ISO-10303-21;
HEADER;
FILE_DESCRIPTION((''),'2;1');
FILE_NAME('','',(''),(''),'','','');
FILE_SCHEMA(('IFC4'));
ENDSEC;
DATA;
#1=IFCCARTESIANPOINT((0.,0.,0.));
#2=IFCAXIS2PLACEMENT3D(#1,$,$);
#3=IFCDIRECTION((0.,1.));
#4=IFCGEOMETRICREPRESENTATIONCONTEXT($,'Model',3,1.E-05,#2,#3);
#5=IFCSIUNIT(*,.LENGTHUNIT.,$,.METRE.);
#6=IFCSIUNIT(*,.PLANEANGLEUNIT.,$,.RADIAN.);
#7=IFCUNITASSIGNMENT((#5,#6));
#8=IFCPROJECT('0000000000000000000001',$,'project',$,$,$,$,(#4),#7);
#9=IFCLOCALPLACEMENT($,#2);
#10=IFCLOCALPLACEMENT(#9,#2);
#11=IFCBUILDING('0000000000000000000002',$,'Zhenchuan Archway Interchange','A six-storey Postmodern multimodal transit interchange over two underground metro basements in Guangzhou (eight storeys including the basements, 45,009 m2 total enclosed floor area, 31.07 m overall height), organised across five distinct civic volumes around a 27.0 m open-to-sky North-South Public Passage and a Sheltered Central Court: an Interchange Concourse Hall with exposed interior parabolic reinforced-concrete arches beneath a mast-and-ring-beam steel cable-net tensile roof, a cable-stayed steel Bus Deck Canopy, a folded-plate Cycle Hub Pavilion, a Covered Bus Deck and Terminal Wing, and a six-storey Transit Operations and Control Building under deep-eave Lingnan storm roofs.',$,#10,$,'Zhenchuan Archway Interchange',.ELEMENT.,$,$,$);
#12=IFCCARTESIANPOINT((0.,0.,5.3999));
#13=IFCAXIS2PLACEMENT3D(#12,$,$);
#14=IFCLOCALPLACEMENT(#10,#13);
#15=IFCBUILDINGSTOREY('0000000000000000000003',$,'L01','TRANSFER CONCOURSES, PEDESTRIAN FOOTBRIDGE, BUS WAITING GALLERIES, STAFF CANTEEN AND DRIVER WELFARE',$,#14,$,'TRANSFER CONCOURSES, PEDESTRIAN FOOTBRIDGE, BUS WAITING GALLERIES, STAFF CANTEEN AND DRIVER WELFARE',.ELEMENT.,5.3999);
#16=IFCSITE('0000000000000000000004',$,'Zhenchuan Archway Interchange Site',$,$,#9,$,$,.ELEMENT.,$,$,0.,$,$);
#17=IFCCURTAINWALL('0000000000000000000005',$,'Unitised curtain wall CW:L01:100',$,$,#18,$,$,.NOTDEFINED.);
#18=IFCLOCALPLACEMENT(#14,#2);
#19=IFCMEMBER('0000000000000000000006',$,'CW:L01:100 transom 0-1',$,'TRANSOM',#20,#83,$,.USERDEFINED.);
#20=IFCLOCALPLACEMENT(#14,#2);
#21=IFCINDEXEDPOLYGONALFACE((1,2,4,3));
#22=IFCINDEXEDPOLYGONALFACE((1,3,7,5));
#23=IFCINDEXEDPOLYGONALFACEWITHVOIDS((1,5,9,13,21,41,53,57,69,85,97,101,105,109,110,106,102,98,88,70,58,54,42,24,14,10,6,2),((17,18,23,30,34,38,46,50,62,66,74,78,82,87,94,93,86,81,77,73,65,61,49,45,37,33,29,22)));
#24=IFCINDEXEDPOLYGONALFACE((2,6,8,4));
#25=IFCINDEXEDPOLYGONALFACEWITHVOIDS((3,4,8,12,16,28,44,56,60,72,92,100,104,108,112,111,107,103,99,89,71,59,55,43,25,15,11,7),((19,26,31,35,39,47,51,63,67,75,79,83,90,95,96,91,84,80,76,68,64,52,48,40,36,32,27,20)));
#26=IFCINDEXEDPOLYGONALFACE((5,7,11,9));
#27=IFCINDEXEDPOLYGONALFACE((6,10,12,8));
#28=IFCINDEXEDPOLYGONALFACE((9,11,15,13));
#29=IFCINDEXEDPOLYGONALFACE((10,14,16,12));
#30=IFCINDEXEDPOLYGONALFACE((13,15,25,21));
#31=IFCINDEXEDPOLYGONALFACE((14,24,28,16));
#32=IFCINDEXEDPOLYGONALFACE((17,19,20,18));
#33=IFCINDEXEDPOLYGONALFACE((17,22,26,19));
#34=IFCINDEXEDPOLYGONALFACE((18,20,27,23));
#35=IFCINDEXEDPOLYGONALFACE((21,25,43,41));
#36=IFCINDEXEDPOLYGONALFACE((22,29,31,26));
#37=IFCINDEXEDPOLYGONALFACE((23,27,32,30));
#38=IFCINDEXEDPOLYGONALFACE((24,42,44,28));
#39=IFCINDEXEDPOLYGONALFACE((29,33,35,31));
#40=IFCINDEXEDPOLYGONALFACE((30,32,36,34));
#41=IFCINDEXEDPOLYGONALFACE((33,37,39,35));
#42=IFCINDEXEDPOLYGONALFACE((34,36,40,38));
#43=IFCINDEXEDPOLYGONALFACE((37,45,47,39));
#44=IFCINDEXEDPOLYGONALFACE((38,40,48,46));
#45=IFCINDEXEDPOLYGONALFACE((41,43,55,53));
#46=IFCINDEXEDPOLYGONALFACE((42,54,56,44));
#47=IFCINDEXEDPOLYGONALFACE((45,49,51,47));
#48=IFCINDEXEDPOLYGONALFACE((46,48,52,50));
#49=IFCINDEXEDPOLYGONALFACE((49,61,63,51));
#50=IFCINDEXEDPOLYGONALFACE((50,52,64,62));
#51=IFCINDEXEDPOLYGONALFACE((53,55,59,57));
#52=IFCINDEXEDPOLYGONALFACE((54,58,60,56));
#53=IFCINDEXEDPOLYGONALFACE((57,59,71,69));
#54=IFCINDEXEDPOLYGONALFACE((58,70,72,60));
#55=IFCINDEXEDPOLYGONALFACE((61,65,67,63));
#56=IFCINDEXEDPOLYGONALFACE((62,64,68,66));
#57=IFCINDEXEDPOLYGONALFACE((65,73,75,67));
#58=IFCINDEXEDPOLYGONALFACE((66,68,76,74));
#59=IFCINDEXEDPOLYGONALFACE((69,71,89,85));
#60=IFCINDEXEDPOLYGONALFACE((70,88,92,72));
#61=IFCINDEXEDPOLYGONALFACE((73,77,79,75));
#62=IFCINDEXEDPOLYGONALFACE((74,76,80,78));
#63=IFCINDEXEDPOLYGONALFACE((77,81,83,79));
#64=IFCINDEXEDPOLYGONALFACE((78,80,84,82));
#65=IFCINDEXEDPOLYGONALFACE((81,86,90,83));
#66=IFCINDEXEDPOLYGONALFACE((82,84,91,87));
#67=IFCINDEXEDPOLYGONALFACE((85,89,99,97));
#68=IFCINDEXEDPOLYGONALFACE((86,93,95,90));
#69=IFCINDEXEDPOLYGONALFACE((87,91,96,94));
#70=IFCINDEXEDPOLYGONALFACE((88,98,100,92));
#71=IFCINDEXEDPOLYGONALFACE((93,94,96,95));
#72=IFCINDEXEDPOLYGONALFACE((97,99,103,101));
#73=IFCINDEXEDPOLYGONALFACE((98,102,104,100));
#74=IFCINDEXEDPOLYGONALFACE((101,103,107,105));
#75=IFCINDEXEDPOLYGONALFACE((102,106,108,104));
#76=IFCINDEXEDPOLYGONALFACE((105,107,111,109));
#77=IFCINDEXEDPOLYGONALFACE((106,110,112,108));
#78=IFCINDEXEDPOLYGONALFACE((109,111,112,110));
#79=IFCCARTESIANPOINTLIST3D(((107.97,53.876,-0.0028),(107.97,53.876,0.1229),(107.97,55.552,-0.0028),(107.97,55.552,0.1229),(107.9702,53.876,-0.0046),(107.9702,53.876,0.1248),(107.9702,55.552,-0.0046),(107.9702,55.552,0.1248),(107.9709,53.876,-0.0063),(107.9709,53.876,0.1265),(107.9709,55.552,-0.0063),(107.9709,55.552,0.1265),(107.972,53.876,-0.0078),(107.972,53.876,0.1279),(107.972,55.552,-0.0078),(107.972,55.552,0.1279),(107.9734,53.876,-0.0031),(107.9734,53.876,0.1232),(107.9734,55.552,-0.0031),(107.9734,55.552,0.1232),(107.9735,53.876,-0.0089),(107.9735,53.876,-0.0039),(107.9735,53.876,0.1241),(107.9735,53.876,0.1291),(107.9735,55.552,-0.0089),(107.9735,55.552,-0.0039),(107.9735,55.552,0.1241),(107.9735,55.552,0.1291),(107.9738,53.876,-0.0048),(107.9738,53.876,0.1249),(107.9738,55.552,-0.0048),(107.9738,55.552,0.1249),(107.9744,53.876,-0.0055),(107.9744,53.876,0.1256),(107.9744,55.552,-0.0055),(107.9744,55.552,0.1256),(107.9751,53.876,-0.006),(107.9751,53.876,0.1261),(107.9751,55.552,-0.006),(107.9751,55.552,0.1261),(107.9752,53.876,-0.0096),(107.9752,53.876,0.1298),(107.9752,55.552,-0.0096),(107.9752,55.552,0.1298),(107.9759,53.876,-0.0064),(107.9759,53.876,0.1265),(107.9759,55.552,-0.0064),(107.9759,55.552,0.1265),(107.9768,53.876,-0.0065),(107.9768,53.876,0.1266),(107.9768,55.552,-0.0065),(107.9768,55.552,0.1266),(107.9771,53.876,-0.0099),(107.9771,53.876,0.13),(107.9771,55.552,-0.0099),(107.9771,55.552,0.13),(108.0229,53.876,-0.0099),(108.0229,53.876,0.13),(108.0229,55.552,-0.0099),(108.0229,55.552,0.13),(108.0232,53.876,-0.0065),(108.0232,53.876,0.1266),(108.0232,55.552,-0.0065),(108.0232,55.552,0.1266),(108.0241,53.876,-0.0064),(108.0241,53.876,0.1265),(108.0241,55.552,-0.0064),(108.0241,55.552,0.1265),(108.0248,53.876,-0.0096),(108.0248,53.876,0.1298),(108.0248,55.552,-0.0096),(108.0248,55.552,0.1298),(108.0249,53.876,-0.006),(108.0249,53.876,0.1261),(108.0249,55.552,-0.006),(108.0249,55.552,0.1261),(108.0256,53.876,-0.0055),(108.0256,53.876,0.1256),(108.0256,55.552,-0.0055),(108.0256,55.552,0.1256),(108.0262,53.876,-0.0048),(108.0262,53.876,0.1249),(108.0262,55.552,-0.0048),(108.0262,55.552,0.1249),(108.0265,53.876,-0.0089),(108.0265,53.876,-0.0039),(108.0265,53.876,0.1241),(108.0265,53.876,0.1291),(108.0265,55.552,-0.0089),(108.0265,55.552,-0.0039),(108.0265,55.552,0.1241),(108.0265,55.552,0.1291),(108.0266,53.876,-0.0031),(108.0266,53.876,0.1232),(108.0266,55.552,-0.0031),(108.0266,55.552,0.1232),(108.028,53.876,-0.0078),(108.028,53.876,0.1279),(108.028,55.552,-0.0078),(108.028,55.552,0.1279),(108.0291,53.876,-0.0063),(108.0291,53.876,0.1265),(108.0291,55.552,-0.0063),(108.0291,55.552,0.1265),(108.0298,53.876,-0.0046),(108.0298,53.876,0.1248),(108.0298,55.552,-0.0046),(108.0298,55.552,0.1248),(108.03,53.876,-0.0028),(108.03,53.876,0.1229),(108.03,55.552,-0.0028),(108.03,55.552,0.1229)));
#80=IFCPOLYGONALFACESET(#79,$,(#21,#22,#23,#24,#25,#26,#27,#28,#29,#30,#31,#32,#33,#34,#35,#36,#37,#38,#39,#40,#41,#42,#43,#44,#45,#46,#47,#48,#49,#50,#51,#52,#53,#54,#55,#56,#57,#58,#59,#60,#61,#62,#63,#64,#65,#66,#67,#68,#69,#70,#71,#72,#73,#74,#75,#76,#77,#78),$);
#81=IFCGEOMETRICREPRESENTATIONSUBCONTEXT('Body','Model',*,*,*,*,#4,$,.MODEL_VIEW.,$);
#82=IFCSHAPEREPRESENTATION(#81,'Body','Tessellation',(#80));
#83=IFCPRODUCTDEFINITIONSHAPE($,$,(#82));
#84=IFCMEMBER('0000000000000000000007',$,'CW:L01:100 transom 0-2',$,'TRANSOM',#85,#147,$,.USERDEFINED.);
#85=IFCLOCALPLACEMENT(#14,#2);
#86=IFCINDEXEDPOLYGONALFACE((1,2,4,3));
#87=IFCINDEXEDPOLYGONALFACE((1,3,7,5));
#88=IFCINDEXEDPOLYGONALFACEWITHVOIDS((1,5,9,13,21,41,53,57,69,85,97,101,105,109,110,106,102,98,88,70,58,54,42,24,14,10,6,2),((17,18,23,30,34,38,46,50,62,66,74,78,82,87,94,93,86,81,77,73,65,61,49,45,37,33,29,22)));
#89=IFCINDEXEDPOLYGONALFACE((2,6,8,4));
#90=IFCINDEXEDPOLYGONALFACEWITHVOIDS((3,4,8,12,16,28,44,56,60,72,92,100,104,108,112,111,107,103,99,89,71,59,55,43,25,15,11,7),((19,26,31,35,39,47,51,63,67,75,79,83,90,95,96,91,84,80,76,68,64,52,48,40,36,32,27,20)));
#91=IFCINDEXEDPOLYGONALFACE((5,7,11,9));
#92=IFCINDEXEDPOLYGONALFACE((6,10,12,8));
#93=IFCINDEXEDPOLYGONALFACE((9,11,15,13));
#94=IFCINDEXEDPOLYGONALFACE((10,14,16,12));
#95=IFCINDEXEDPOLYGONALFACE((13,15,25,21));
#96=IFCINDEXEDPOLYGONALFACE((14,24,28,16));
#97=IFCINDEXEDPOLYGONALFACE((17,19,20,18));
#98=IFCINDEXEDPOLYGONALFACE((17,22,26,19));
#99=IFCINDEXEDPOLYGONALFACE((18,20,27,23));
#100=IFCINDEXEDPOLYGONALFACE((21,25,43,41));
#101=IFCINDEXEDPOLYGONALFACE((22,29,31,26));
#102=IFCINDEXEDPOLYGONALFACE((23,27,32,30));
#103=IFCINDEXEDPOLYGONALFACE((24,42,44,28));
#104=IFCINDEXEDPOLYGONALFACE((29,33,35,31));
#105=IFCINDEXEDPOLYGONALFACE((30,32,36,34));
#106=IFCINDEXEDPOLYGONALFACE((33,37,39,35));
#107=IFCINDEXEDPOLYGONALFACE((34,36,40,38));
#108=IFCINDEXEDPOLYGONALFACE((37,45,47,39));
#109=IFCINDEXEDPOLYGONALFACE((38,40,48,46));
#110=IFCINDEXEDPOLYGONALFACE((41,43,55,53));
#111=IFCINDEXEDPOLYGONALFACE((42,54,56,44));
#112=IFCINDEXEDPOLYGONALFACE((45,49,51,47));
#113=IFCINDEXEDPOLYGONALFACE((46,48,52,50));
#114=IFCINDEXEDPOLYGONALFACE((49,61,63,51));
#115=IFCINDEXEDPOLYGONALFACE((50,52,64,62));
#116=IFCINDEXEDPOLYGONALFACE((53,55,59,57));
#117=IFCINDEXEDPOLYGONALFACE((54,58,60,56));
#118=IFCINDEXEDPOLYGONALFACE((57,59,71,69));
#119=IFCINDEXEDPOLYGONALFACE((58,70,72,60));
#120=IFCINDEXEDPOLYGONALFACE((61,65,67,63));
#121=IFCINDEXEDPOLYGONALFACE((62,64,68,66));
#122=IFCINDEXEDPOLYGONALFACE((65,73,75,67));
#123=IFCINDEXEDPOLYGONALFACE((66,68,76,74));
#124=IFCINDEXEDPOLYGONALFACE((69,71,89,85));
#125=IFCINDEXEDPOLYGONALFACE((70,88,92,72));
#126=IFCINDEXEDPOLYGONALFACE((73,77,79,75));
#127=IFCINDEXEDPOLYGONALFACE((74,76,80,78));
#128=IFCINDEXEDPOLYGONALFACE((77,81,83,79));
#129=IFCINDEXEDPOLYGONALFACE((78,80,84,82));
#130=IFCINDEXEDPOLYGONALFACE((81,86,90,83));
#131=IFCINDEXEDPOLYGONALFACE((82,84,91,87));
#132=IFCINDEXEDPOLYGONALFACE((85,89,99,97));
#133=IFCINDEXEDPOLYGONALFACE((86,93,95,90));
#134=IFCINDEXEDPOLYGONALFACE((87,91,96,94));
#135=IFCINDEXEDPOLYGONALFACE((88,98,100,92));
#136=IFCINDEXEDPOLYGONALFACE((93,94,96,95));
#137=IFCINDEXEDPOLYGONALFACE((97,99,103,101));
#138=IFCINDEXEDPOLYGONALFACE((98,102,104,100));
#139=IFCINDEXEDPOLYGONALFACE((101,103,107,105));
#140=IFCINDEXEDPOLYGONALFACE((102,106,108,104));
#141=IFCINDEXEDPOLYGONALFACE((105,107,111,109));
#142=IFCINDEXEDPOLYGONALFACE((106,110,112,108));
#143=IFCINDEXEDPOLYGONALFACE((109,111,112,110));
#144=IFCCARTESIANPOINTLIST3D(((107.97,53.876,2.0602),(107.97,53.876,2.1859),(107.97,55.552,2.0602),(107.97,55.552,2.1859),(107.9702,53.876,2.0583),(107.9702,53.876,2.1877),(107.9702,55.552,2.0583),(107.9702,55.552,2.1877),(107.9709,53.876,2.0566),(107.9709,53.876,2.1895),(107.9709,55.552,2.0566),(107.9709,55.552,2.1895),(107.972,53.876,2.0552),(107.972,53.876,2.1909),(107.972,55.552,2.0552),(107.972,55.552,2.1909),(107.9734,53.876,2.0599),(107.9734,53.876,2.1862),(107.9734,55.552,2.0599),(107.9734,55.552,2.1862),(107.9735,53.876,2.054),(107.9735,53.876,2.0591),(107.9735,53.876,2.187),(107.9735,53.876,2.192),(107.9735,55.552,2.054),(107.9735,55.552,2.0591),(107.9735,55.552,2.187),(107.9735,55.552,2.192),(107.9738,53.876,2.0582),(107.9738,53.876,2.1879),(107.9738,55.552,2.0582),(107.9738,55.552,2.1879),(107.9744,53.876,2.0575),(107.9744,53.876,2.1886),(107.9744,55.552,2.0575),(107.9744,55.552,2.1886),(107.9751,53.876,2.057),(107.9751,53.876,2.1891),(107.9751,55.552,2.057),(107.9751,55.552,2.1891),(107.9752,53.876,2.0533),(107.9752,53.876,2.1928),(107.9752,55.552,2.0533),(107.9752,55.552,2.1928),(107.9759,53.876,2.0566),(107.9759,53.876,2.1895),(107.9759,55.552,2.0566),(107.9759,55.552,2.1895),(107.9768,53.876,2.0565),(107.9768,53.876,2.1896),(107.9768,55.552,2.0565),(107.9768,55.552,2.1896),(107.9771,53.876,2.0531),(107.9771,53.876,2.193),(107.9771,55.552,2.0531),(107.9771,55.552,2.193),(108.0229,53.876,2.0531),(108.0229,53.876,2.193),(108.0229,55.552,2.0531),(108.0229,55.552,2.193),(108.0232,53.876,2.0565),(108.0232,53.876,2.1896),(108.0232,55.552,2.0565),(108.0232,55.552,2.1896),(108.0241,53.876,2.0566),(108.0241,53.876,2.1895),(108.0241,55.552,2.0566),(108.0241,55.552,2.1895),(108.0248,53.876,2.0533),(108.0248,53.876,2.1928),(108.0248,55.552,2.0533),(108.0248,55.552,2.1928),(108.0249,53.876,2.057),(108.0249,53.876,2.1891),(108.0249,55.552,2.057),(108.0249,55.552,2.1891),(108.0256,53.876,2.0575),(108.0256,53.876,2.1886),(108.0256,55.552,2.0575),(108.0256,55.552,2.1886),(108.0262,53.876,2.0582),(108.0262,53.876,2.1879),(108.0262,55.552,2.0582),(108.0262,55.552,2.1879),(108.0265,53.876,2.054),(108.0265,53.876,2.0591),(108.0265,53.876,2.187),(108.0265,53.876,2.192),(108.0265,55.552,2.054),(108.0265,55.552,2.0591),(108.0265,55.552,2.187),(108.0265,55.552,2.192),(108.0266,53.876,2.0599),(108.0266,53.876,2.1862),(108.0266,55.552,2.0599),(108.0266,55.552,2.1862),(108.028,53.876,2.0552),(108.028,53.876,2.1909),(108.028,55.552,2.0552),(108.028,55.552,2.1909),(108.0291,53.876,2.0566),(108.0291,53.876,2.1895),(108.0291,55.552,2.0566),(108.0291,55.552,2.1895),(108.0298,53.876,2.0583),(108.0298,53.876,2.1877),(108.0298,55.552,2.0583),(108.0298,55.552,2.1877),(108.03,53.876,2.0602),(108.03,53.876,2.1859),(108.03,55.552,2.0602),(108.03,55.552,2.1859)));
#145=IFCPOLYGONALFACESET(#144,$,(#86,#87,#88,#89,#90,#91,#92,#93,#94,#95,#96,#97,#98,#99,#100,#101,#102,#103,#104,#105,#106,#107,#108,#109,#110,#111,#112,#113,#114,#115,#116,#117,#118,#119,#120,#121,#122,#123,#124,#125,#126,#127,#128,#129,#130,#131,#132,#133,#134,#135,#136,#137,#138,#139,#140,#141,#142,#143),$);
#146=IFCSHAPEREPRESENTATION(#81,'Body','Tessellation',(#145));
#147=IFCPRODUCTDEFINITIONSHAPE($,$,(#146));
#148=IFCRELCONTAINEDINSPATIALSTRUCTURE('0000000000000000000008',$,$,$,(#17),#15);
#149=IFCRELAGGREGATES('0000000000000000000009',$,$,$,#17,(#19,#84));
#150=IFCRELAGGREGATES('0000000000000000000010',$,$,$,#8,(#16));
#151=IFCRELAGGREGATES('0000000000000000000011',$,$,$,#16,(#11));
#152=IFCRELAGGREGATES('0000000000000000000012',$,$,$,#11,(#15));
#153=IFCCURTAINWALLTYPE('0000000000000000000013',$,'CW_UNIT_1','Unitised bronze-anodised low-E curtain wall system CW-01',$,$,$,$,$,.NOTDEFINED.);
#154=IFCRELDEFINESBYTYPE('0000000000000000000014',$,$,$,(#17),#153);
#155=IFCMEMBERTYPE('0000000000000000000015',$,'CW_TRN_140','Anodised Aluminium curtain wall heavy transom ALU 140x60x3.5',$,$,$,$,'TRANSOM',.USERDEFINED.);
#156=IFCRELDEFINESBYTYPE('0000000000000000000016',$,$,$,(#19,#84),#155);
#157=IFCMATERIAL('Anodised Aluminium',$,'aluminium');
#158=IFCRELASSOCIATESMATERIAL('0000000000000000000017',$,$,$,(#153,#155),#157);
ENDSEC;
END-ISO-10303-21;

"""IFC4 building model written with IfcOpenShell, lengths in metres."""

from ifc_helpers import new_model, si_unit, direction, frame, origin, origin_2d, place, context, subcontext, project, spatial, hollow_rectangle, extrude, material, material_profile, profile_set, type_object, element, aggregate, save


model = new_model("IFC4")

# Units and contexts
model_context = context("Model", 3, precision=1e-05, world=origin(), true_north=direction((0.0, 1.0)))
body_context = subcontext(model_context, "Body", "Model", "MODEL_VIEW")
ifc_project = project(units=[si_unit("LENGTHUNIT", "METRE"), si_unit("PLANEANGLEUNIT", "RADIAN")], contexts=[model_context])

# Site, building, storey
site_placement = place(None, origin())
site = spatial("IfcSite", under=ifc_project, at=site_placement, Name="Zhenchuan Archway Interchange Site", CompositionType="ELEMENT", RefElevation=0.0)
building_placement = place(site_placement, origin())
building = spatial("IfcBuilding", under=site, at=building_placement, Name="Zhenchuan Archway Interchange", Description="A six-storey Postmodern multimodal transit interchange over two underground metro basements in Guangzhou (eight storeys including the basements, 45,009 m2 total enclosed floor area, 31.07 m overall height), organised across five distinct civic volumes around a 27.0 m open-to-sky North-South Public Passage and a Sheltered Central Court: an Interchange Concourse Hall with exposed interior parabolic reinforced-concrete arches beneath a mast-and-ring-beam steel cable-net tensile roof, a cable-stayed steel Bus Deck Canopy, a folded-plate Cycle Hub Pavilion, a Covered Bus Deck and Terminal Wing, and a six-storey Transit Operations and Control Building under deep-eave Lingnan storm roofs.", LongName="Zhenchuan Archway Interchange", CompositionType="ELEMENT")
storey_placement = place(building_placement, frame((0.0, 0.0, 5.3999)))
storey = spatial("IfcBuildingStorey", under=building, at=storey_placement, Name="L01", Description="TRANSFER CONCOURSES, PEDESTRIAN FOOTBRIDGE, BUS WAITING GALLERIES, STAFF CANTEEN AND DRIVER WELFARE", LongName="TRANSFER CONCOURSES, PEDESTRIAN FOOTBRIDGE, BUS WAITING GALLERIES, STAFF CANTEEN AND DRIVER WELFARE", CompositionType="ELEMENT", Elevation=5.3999)

# Shared definitions
ifc_material_1 = material(Name="Anodised Aluminium", Category="aluminium")

# Curtain wall, members
curtain_wall_type_1 = type_object("IfcCurtainWallType", Name="CW_UNIT_1", Description="Unitised bronze-anodised low-E curtain wall system CW-01", PredefinedType="NOTDEFINED", material=ifc_material_1)
curtain_wall_1_placement = place(storey_placement, origin())
curtain_wall_1 = element("IfcCurtainWall", 1, at=curtain_wall_1_placement, inside=storey, type_object=curtain_wall_type_1, Name="Unitised curtain wall CW:L01:100", PredefinedType="NOTDEFINED")
ifc_material_profile_1 = material_profile(ifc_material_1, hollow_rectangle(XDim=0.0601, YDim=0.1399, WallThickness=0.0034, InnerFilletRadius=0.0034, OuterFilletRadius=0.0071, at=origin_2d()), Name="ALU 140x60x3.5")
ifc_profile_set_1 = profile_set([ifc_material_profile_1], Name="Anodised Aluminium")
member_type_1 = type_object("IfcMemberType", Name="CW_TRN_140", Description="Anodised Aluminium curtain wall heavy transom ALU 140x60x3.5", ElementType="TRANSOM", PredefinedType="USERDEFINED", material=ifc_profile_set_1)
member_1_placement = place(storey_placement, frame((108.0, 55.552, 0.0601), z_axis=(0.0, -1.0, 0.0), x_axis=(1.0, 0.0, 0.0)))
member_1 = element("IfcMember", 2, at=member_1_placement, type_object=member_type_1, Name="CW:L01:100 transom 0-1", ObjectType="TRANSOM", PredefinedType="USERDEFINED", context=body_context, shape_type="SweptSolid", body=[
    extrude(hollow_rectangle(XDim=0.0601, YDim=0.1399, WallThickness=0.0034, InnerFilletRadius=0.0034, OuterFilletRadius=0.0071, at=origin_2d()), origin(), (0.0, 0.0, 1.0), 1.676),
])
member_2_placement = place(storey_placement, frame((108.0, 55.552, 2.123), z_axis=(0.0, -1.0, 0.0), x_axis=(1.0, 0.0, 0.0)))
member_2 = element("IfcMember", 3, at=member_2_placement, type_object=member_type_1, Name="CW:L01:100 transom 0-2", ObjectType="TRANSOM", PredefinedType="USERDEFINED", context=body_context, shape_type="SweptSolid", body=[
    extrude(hollow_rectangle(XDim=0.0601, YDim=0.1399, WallThickness=0.0034, InnerFilletRadius=0.0034, OuterFilletRadius=0.0071, at=origin_2d()), origin(), (0.0, 0.0, 1.0), 1.676),
])

aggregate(curtain_wall_1, [member_1, member_2])

save(model, "model.ifc")
